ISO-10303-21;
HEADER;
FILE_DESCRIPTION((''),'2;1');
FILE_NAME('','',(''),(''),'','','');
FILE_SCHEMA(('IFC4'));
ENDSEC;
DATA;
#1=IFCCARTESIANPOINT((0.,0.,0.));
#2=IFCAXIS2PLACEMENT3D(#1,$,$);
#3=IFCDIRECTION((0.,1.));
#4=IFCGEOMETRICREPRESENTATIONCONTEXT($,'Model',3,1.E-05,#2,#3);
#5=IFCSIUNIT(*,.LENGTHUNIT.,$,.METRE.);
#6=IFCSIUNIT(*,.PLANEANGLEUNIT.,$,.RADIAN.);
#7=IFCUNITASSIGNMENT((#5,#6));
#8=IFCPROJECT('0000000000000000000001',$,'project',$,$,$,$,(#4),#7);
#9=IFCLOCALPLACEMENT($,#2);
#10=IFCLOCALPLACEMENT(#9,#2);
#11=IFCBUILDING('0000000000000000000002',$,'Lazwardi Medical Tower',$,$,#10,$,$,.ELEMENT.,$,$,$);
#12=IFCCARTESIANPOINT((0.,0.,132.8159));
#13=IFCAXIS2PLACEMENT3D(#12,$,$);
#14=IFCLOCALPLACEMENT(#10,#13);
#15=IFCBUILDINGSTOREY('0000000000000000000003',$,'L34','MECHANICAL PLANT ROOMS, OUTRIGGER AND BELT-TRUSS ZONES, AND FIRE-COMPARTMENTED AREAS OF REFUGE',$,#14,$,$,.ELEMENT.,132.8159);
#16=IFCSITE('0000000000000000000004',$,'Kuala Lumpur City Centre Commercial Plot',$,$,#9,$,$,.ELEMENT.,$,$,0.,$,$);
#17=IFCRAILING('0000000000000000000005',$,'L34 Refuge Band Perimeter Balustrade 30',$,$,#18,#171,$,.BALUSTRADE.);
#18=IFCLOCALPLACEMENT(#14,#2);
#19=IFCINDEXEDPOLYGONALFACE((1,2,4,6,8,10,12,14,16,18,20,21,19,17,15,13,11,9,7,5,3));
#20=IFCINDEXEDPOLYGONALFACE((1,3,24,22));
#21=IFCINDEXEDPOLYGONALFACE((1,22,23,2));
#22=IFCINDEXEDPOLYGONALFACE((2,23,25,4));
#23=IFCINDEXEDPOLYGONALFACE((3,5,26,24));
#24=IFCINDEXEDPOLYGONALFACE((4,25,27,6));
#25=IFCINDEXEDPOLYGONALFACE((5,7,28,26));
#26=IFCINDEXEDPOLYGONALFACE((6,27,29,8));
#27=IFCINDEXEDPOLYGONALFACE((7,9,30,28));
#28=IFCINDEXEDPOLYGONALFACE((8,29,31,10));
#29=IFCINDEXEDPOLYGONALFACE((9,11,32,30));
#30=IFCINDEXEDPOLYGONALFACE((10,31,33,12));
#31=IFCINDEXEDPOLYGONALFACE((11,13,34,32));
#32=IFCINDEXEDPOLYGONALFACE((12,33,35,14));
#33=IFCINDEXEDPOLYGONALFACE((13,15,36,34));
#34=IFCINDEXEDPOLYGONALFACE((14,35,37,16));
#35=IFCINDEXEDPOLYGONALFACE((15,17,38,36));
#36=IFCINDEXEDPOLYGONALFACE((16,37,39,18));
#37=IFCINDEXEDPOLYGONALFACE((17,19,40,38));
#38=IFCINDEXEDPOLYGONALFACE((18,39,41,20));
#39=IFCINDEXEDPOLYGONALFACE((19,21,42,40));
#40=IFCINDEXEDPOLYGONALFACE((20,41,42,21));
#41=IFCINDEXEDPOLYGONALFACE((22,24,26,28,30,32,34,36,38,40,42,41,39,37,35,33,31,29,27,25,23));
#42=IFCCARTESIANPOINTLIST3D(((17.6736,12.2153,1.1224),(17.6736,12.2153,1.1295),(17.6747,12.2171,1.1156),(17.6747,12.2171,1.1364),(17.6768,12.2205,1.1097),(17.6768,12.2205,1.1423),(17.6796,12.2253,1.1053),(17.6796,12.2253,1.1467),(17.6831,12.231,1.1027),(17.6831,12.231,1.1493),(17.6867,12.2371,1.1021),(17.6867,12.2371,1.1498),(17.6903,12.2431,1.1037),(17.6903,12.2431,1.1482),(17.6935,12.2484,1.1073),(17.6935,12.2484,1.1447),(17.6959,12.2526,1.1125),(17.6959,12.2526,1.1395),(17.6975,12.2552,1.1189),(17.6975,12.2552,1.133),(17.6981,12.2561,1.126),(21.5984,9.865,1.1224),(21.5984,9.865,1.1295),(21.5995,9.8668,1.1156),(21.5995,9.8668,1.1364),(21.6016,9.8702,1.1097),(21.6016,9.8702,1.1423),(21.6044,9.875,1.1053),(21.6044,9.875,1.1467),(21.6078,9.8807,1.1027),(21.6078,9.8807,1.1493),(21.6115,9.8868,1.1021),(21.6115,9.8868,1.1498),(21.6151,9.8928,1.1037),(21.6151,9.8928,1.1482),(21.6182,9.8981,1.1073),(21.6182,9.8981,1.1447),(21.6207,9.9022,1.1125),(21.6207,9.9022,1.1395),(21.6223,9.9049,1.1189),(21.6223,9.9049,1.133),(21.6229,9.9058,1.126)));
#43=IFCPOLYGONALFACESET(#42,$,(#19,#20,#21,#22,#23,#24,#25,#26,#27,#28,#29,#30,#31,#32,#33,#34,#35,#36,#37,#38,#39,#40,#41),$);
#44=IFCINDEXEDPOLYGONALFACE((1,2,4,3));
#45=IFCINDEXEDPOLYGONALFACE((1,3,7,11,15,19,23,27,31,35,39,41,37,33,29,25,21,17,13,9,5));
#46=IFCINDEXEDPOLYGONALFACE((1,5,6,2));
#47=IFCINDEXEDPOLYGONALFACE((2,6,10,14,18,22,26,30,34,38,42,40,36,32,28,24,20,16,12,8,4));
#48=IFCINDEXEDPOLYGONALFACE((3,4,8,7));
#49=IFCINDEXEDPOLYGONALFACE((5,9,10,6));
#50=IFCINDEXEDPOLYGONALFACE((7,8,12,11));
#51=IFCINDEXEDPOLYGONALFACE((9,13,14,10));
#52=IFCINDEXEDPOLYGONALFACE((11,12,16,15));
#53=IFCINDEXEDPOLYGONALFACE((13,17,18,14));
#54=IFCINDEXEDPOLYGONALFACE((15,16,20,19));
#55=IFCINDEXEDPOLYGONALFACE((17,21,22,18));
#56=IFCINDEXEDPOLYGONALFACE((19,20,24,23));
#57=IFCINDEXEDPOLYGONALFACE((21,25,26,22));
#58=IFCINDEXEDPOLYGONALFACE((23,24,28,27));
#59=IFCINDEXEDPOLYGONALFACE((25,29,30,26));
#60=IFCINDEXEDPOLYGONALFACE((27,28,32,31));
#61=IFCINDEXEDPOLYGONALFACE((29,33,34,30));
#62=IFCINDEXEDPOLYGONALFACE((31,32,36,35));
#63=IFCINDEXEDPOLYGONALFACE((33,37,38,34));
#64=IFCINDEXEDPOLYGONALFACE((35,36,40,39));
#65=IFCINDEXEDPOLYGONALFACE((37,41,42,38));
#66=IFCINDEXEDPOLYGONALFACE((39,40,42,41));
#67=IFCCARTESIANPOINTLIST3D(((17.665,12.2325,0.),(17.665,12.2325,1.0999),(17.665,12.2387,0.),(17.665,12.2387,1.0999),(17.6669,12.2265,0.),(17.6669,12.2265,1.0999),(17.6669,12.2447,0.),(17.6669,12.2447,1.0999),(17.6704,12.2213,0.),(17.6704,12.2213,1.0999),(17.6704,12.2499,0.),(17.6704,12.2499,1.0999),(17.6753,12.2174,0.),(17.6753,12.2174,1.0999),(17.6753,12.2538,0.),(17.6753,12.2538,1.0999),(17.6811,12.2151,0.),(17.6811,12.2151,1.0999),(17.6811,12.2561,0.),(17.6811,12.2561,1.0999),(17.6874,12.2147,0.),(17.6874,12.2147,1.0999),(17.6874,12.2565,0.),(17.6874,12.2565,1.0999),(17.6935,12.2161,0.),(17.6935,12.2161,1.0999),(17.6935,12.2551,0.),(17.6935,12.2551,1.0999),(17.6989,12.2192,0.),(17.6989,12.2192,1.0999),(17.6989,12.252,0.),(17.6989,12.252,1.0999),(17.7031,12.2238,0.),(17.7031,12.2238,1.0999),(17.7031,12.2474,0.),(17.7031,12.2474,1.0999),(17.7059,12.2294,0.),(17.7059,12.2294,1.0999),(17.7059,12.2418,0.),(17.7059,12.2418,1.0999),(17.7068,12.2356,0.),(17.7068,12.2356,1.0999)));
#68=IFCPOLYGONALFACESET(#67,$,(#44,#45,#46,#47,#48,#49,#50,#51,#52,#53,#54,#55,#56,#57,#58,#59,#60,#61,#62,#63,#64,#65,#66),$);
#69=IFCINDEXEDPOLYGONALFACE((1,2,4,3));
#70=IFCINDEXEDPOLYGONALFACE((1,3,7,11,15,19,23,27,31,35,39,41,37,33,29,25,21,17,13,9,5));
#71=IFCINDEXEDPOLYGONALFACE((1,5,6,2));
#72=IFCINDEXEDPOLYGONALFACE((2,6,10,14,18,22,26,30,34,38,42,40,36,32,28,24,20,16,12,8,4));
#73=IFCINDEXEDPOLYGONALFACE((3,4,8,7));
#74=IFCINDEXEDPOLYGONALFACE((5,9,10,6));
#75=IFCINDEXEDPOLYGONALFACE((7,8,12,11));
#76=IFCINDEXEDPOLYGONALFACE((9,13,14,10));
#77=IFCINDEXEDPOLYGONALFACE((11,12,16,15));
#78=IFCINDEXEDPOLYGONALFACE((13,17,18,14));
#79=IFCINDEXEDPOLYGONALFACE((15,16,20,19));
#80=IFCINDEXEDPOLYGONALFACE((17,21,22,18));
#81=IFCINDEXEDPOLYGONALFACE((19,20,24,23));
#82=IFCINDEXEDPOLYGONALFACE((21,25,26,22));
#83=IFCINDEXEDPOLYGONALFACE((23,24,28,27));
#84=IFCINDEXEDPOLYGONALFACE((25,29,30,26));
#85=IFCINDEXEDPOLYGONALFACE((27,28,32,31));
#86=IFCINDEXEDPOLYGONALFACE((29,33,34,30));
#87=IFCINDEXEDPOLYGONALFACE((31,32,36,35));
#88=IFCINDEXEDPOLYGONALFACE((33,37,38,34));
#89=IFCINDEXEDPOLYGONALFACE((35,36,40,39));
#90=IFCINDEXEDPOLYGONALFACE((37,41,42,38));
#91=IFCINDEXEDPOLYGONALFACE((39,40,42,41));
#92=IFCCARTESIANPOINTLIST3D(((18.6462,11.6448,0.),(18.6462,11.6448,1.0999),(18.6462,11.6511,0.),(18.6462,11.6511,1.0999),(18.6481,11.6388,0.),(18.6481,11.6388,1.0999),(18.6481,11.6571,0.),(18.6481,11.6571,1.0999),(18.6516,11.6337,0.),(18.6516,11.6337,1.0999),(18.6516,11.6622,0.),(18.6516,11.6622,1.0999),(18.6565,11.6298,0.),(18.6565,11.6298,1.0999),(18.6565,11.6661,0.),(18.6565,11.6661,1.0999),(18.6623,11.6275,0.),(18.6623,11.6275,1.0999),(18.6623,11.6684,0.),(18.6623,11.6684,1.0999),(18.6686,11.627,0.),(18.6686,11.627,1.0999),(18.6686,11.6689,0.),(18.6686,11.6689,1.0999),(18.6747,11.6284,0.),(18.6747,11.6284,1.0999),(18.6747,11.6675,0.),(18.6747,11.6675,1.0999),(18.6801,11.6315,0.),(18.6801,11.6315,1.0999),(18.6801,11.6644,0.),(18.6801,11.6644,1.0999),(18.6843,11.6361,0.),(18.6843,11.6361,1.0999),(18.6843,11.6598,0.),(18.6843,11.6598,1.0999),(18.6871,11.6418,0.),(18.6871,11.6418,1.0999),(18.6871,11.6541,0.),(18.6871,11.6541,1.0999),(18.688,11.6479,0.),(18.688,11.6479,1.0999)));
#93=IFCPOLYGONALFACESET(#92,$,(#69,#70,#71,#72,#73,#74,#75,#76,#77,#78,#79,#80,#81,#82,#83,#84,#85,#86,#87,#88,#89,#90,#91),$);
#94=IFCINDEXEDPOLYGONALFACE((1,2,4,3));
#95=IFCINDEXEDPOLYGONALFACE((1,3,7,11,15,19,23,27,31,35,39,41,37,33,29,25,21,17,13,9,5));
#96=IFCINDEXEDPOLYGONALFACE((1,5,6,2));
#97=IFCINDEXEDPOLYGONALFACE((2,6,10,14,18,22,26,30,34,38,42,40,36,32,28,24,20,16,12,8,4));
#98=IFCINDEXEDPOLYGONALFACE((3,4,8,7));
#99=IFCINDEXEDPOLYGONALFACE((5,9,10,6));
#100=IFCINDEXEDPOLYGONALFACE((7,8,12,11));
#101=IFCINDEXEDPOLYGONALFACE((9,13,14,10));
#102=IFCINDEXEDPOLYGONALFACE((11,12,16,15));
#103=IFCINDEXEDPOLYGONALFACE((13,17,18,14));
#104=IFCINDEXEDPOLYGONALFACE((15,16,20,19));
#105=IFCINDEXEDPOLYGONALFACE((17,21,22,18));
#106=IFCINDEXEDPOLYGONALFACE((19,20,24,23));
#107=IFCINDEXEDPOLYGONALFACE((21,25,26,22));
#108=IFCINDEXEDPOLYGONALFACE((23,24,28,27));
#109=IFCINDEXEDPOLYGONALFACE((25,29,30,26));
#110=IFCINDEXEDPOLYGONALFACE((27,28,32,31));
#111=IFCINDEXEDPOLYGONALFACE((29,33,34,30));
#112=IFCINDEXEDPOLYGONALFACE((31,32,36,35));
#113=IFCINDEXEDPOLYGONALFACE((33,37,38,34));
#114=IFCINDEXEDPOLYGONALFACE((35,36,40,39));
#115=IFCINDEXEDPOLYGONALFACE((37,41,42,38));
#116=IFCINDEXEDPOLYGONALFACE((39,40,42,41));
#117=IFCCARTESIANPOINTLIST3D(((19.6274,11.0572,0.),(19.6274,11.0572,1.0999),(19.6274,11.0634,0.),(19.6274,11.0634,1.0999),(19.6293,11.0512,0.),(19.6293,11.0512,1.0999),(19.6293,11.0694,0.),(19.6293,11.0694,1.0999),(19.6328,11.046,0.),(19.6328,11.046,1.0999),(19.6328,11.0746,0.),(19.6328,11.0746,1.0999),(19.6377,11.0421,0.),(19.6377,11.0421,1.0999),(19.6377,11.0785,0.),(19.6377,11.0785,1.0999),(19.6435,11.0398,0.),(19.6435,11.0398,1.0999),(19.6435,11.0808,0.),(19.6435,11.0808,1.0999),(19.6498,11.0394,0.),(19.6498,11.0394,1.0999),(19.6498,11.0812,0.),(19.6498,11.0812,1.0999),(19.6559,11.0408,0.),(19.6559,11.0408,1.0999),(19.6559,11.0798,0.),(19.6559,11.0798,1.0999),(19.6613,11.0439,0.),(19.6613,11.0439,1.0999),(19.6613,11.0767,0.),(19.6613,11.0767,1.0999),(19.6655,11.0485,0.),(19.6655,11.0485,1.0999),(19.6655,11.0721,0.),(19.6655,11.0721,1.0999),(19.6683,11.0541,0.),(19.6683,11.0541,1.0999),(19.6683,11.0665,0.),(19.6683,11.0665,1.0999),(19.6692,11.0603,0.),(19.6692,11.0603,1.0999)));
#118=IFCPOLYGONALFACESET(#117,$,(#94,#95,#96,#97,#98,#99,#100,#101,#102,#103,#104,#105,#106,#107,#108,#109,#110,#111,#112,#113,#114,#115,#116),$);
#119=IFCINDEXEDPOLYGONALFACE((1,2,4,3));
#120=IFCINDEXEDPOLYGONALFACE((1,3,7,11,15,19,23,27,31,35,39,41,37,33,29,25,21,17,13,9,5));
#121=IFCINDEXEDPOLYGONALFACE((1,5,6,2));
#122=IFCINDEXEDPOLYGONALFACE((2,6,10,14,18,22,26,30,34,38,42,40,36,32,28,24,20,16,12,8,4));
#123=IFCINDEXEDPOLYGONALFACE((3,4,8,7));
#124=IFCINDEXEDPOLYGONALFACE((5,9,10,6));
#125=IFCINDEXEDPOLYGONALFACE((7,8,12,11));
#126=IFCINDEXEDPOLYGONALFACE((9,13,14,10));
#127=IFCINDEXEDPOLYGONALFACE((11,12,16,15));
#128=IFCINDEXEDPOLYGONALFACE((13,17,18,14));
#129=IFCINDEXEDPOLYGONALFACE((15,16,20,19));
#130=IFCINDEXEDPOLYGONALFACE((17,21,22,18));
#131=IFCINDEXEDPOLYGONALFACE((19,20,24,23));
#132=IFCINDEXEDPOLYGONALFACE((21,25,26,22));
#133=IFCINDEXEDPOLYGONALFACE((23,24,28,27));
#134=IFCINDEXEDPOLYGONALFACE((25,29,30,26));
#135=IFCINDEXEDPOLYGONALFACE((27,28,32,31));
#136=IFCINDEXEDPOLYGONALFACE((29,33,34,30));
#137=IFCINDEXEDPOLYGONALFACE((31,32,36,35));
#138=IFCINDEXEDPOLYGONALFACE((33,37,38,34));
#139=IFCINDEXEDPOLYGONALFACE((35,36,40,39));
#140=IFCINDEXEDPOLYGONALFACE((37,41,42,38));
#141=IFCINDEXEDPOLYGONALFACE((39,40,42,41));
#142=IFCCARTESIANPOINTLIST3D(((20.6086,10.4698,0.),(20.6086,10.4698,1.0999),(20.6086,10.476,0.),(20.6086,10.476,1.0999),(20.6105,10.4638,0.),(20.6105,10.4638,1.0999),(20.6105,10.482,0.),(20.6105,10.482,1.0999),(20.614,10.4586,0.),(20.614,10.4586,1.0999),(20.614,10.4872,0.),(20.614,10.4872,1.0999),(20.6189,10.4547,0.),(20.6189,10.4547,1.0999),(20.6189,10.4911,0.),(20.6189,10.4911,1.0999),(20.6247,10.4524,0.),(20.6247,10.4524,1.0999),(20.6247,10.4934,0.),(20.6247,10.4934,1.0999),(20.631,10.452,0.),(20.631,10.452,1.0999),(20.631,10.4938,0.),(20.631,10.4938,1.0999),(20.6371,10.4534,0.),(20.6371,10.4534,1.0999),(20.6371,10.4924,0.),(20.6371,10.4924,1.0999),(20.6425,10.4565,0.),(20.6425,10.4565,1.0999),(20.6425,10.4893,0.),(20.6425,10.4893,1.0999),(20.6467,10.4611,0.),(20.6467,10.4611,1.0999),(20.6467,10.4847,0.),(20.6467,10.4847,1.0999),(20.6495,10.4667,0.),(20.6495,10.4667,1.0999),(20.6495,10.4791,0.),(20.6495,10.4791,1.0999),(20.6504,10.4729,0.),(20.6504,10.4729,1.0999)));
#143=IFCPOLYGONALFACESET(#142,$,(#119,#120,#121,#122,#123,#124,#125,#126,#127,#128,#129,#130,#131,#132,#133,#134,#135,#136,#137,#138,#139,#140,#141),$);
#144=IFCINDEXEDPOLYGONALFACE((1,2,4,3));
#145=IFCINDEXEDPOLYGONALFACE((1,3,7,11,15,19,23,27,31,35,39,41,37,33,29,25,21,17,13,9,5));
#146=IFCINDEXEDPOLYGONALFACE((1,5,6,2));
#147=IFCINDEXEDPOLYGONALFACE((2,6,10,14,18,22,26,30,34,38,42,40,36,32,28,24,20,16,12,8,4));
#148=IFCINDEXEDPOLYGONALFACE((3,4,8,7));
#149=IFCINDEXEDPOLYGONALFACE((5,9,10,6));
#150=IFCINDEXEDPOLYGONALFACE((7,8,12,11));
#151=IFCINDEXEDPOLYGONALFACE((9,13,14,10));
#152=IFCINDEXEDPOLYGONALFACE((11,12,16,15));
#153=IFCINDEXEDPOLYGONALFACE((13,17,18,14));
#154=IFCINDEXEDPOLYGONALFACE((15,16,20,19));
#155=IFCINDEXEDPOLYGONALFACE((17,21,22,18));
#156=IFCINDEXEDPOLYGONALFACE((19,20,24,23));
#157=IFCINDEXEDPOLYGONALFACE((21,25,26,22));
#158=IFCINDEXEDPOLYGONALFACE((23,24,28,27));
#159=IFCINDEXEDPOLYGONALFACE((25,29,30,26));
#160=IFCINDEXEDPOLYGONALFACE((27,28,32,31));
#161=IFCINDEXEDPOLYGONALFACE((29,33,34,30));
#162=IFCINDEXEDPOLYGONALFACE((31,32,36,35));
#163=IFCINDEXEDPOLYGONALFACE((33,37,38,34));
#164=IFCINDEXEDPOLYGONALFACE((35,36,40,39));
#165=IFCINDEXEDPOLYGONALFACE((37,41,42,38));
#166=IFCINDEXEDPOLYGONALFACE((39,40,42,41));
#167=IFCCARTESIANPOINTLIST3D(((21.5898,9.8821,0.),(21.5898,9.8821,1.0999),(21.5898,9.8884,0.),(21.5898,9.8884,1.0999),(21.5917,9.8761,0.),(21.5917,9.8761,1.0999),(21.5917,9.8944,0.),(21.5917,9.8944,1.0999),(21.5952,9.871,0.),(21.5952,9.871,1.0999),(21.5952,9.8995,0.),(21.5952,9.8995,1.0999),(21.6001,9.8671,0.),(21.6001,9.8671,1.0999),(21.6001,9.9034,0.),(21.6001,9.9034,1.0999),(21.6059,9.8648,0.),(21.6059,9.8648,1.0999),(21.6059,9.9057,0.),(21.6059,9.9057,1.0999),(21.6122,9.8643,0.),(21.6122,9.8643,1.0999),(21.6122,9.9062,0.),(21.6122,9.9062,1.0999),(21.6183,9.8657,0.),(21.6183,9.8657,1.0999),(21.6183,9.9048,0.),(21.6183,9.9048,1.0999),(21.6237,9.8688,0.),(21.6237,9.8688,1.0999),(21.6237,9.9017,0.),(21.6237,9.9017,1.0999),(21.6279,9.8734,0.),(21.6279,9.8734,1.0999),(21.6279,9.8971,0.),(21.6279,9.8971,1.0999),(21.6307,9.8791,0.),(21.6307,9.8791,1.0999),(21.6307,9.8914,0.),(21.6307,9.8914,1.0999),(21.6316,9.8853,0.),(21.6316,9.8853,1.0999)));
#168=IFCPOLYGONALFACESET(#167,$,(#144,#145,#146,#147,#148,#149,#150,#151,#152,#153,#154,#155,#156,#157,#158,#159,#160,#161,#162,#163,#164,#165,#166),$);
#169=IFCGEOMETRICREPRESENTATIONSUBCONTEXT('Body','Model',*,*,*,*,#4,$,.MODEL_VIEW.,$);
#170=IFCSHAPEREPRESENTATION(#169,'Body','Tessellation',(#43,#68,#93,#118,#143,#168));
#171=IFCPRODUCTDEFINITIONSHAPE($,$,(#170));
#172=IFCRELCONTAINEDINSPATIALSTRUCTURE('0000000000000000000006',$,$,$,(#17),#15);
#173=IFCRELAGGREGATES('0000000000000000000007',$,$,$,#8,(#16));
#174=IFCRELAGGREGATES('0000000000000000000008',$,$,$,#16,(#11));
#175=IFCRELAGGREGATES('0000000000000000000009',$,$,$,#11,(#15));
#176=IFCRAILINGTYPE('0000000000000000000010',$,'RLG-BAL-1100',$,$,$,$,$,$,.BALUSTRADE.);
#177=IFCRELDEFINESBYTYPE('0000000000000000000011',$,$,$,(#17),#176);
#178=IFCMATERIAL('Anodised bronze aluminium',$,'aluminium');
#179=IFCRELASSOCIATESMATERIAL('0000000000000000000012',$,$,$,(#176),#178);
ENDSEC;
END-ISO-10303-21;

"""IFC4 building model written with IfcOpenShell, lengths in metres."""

from ifc_helpers import new_model, si_unit, direction, frame, origin, origin_2d, place, context, subcontext, project, spatial, circle, extrude, material, type_object, element, save


model = new_model("IFC4")

# Units and contexts
model_context = context("Model", 3, precision=1e-05, world=origin(), true_north=direction((0.0, 1.0)))
body_context = subcontext(model_context, "Body", "Model", "MODEL_VIEW")
ifc_project = project(units=[si_unit("LENGTHUNIT", "METRE"), si_unit("PLANEANGLEUNIT", "RADIAN")], contexts=[model_context])

# Site, building, storey
site_placement = place(None, origin())
site = spatial("IfcSite", under=ifc_project, at=site_placement, Name="Kuala Lumpur City Centre Commercial Plot", CompositionType="ELEMENT", RefElevation=0.0)
building_placement = place(site_placement, origin())
building = spatial("IfcBuilding", under=site, at=building_placement, Name="Lazwardi Medical Tower", CompositionType="ELEMENT")
storey_placement = place(building_placement, frame((0.0, 0.0, 132.8159)))
storey = spatial("IfcBuildingStorey", under=building, at=storey_placement, Name="L34", Description="MECHANICAL PLANT ROOMS, OUTRIGGER AND BELT-TRUSS ZONES, AND FIRE-COMPARTMENTED AREAS OF REFUGE", CompositionType="ELEMENT", Elevation=132.8159)

# Railing
ifc_material_1 = material(Name="Anodised bronze aluminium", Category="aluminium")
railing_type = type_object("IfcRailingType", Name="RLG-BAL-1100", PredefinedType="BALUSTRADE", material=ifc_material_1)
railing_1_placement = place(storey_placement, frame((17.6858, 12.2356, 0.0)))
element("IfcRailing", 1, at=railing_1_placement, inside=storey, type_object=railing_type, Name="L34 Refuge Band Perimeter Balustrade 30", PredefinedType="BALUSTRADE", context=body_context, shape_type="SweptSolid", body=[
    extrude(circle(Radius=0.0239, at=origin_2d()), frame((0.0, 0.0, 1.126), z_axis=(0.857931, -0.513766, 0.0), x_axis=(0.513766, 0.857931, 0.0)), (0.0, 0.0, 1.0), 4.5747),
    extrude(circle(Radius=0.021, at=origin_2d()), origin(), (0.0, 0.0, 1.0), 1.0999),
    extrude(circle(Radius=0.021, at=origin_2d()), frame((0.9812, -0.5876, 0.0)), (0.0, 0.0, 1.0), 1.0999),
    extrude(circle(Radius=0.021, at=origin_2d()), frame((1.9624, -1.1753, 0.0)), (0.0, 0.0, 1.0), 1.0999),
    extrude(circle(Radius=0.021, at=origin_2d()), frame((2.9436, -1.7627, 0.0)), (0.0, 0.0, 1.0), 1.0999),
    extrude(circle(Radius=0.021, at=origin_2d()), frame((3.9248, -2.3503, 0.0)), (0.0, 0.0, 1.0), 1.0999),
])

save(model, "model.ifc")
